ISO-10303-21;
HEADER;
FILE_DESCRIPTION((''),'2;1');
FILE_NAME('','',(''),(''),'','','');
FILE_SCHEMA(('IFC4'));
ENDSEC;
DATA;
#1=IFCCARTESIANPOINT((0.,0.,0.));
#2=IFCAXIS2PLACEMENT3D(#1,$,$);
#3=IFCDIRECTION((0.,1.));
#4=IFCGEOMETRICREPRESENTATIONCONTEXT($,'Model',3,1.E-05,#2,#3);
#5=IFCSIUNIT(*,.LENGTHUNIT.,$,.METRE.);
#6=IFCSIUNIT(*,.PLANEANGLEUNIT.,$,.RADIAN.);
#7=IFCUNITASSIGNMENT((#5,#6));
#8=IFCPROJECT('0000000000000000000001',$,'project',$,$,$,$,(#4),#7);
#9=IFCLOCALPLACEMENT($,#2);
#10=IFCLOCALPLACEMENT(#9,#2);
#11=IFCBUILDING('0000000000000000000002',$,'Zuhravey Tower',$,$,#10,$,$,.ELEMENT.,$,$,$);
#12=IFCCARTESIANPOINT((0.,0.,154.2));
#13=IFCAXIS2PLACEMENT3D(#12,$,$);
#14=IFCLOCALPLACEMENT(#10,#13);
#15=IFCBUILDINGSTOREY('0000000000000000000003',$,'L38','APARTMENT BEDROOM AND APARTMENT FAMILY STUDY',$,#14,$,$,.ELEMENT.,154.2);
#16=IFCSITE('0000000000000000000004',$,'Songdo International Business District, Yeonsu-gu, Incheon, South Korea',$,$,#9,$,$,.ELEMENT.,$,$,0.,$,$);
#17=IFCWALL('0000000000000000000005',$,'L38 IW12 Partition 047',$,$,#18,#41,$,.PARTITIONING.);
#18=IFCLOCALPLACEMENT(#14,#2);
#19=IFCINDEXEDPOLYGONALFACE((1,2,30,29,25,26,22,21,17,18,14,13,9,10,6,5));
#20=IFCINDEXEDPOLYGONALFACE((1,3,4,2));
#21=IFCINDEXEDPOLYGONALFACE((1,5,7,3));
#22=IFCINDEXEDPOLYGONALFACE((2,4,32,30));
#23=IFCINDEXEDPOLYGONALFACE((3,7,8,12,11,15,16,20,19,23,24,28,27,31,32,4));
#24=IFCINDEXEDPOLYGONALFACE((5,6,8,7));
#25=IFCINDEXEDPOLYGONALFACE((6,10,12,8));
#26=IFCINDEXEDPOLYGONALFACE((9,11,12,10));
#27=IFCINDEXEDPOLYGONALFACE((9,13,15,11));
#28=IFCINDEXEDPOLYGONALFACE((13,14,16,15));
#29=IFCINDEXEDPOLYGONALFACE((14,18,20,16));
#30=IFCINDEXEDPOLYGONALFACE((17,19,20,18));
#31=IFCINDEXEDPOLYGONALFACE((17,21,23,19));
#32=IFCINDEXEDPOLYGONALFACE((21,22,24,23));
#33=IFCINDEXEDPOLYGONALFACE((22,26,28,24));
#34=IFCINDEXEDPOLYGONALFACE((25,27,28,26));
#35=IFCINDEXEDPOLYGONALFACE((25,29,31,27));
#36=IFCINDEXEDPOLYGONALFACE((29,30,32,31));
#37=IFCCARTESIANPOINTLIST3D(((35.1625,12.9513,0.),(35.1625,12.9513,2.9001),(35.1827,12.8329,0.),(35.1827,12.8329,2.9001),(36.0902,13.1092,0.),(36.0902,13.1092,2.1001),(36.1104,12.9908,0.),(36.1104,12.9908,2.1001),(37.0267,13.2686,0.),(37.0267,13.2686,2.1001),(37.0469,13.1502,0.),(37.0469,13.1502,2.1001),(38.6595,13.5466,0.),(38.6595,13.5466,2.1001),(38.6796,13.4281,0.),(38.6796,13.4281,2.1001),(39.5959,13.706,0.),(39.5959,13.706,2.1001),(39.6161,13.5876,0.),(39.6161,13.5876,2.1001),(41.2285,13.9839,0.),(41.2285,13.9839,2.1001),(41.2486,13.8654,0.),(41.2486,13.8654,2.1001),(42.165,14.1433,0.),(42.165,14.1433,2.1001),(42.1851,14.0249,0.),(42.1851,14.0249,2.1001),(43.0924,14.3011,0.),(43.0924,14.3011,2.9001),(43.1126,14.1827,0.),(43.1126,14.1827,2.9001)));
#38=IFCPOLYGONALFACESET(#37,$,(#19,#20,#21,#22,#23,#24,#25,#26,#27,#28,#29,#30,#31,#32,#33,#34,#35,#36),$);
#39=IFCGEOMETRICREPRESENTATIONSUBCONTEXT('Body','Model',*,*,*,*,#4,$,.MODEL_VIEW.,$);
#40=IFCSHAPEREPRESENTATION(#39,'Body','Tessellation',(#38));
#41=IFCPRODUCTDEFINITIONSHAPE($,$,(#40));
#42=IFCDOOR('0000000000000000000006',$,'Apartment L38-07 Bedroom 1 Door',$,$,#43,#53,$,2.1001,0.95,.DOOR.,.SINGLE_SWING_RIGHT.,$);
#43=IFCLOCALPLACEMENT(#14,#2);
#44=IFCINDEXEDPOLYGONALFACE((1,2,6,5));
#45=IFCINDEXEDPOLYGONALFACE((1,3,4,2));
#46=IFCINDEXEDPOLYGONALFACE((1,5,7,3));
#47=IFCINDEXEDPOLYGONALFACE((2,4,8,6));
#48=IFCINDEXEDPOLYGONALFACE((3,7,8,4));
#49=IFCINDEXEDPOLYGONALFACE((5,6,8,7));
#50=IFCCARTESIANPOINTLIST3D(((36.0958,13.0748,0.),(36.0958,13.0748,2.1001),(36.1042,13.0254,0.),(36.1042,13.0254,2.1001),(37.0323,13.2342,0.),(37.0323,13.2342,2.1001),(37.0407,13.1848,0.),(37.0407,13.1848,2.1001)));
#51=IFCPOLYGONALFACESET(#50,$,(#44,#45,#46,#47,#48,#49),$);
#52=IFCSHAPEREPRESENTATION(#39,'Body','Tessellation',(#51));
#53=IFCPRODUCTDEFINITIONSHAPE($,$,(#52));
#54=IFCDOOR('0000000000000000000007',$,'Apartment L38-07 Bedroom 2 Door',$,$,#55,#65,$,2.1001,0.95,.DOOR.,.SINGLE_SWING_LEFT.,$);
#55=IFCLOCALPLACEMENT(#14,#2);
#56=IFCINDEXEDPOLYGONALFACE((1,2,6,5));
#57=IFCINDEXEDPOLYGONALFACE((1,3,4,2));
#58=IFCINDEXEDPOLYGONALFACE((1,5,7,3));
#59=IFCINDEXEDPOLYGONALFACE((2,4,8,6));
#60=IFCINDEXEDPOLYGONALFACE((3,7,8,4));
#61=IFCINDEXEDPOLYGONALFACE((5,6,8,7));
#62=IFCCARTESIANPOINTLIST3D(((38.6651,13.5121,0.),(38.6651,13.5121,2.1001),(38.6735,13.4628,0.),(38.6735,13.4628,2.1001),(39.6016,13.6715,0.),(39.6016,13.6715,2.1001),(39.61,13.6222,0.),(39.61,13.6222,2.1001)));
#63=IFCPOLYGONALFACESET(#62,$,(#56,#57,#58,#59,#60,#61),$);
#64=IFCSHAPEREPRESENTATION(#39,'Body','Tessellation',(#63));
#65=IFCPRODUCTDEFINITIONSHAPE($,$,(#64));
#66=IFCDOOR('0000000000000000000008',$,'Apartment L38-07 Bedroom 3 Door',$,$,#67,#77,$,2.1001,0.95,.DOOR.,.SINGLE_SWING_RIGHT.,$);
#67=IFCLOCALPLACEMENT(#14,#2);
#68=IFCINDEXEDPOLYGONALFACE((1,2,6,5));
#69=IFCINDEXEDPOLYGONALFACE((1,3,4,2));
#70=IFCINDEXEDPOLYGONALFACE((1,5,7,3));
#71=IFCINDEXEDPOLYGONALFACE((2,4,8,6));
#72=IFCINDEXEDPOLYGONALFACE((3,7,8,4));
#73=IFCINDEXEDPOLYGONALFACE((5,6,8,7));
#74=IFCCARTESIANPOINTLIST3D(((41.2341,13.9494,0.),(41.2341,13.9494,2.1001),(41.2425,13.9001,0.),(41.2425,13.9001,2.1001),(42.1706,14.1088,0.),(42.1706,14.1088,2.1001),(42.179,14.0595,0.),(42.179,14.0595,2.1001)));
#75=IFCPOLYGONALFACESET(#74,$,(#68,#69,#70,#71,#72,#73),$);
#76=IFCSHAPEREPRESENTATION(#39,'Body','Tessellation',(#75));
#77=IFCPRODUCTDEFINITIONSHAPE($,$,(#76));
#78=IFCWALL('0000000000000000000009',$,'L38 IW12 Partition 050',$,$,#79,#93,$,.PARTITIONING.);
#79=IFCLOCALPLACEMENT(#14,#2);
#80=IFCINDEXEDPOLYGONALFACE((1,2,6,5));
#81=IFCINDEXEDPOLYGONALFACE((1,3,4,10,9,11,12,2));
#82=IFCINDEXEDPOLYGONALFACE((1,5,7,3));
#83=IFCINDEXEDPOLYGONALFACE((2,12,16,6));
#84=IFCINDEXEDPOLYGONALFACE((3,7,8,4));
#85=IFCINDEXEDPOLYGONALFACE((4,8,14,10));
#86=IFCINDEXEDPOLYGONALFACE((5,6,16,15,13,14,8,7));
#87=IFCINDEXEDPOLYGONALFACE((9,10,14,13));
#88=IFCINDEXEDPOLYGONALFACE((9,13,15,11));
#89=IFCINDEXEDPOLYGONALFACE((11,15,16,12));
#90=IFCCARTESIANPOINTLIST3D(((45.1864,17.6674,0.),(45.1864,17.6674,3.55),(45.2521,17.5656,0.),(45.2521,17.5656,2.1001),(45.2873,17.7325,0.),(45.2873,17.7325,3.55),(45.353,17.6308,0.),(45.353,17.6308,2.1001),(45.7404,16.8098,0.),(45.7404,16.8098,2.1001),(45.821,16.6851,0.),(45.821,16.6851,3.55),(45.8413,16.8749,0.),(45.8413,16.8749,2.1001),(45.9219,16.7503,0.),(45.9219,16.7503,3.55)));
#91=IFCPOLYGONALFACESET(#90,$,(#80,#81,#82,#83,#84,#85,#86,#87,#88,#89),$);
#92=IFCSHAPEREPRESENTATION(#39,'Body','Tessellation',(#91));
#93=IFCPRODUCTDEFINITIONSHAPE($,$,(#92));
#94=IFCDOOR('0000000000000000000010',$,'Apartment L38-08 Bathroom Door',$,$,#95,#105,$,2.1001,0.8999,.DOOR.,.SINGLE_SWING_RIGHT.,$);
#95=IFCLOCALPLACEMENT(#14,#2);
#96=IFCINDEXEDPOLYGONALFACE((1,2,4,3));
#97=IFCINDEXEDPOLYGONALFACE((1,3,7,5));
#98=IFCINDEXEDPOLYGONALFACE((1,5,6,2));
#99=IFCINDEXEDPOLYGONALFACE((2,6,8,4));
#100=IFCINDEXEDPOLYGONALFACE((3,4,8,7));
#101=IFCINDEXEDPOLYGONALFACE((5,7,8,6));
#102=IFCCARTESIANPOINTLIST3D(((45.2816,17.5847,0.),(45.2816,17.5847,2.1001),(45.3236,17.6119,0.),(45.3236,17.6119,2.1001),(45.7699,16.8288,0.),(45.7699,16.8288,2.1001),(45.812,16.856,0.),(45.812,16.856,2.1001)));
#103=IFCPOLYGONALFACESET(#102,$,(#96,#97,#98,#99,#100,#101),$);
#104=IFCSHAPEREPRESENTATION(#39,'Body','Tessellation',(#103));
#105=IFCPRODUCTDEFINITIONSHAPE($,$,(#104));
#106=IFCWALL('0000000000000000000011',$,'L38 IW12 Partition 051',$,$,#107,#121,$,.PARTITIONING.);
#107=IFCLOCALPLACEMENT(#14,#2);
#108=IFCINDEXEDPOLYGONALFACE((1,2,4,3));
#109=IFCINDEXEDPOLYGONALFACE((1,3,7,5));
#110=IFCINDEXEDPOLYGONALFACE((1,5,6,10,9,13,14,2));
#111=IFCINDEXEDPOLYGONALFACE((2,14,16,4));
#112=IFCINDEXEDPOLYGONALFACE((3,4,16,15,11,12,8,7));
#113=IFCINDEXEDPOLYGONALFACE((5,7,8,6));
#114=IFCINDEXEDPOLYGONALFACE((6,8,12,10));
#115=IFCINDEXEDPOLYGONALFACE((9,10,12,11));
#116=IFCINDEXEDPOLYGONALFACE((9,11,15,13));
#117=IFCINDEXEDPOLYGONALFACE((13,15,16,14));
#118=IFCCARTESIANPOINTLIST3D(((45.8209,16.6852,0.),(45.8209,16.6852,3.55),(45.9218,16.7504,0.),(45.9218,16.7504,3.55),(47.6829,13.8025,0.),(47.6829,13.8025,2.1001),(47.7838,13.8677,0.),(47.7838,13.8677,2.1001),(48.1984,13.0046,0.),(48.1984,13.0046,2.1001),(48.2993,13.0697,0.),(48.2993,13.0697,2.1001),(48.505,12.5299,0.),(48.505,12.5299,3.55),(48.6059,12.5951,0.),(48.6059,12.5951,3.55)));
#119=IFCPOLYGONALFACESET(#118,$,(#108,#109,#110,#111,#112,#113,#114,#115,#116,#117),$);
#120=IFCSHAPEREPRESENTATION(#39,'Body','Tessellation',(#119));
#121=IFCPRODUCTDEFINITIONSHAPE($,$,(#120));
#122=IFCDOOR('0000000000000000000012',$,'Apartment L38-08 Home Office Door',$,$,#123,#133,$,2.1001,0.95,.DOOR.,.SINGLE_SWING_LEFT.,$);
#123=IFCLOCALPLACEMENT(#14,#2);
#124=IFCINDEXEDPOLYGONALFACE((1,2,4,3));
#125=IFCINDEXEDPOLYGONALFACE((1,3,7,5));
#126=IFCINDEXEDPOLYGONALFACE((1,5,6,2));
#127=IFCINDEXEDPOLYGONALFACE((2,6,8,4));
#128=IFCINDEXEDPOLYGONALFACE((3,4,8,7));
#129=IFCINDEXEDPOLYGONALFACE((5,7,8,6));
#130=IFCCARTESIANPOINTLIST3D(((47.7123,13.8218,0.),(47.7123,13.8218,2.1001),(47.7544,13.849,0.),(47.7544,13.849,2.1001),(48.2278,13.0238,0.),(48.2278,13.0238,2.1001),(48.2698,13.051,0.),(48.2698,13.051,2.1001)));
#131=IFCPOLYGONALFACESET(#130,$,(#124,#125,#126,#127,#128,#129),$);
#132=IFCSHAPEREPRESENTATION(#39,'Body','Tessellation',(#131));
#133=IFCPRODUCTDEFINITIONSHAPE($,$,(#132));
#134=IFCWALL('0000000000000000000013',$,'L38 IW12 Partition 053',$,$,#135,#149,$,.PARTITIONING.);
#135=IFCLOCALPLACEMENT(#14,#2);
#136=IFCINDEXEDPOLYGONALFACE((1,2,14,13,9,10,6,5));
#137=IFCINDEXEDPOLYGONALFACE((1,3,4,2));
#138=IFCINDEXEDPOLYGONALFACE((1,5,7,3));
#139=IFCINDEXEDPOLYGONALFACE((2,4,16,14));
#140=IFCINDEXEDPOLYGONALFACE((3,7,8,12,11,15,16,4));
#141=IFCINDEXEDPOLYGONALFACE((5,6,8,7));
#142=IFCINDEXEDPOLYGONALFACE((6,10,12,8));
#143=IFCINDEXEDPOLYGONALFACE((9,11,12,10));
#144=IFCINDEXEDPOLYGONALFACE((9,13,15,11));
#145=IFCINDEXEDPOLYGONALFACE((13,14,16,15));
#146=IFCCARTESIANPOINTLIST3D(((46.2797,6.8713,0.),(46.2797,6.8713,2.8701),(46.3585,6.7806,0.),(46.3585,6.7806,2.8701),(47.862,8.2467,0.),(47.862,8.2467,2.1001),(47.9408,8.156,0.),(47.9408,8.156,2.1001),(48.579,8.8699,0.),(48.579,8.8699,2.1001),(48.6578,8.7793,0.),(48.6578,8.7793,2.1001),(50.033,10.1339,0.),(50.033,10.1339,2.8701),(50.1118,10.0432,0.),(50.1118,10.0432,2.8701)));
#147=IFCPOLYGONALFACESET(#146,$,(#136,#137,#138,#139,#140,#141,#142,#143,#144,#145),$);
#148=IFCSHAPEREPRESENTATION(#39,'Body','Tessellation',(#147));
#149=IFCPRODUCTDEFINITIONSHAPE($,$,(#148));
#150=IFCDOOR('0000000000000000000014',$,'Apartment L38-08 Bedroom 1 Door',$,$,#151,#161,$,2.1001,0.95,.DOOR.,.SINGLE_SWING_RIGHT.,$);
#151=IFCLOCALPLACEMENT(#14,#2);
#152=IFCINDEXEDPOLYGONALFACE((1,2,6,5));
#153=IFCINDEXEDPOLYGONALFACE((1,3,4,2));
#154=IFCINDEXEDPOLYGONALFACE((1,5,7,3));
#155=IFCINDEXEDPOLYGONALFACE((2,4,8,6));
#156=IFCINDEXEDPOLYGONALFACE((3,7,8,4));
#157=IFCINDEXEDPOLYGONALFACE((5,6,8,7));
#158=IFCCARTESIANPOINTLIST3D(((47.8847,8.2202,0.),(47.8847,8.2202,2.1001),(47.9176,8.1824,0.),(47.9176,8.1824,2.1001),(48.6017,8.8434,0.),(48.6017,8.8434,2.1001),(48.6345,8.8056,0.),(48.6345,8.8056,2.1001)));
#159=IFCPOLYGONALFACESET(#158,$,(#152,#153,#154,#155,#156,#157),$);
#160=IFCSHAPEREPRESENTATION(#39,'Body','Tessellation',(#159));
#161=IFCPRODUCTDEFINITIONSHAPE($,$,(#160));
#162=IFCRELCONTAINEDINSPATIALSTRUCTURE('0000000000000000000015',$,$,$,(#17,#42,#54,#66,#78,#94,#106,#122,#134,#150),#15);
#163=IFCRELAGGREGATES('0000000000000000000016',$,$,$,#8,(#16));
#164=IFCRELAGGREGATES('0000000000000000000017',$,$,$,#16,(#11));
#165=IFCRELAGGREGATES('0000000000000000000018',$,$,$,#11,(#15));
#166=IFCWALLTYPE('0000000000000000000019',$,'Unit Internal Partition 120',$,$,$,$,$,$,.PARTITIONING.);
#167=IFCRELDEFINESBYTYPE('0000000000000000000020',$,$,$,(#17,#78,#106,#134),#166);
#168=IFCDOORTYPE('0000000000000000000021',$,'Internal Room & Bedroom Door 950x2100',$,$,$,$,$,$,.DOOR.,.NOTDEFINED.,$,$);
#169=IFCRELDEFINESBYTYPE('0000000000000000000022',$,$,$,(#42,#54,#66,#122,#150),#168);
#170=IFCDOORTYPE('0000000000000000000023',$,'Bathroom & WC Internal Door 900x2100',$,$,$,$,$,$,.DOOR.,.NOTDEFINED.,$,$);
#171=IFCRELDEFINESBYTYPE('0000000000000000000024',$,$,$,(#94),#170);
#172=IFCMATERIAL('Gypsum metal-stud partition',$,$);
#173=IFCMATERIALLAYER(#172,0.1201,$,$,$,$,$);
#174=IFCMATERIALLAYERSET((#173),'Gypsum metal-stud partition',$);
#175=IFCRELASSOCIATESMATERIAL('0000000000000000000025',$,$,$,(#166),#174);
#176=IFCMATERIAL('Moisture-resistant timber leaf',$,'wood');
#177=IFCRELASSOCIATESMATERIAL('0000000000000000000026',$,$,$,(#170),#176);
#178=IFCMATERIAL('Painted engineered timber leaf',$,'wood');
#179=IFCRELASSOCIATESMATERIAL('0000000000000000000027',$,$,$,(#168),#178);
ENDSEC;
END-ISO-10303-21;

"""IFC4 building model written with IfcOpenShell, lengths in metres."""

from ifc_helpers import new_model, si_unit, direction, frame, frame_2d, origin, place, context, subcontext, project, spatial, rectangle, extrude, material, layer, layer_set, type_object, element, fill, save


model = new_model("IFC4")

# Units and contexts
model_context = context("Model", 3, precision=1e-05, world=origin(), true_north=direction((0.0, 1.0)))
body_context = subcontext(model_context, "Body", "Model", "MODEL_VIEW")
ifc_project = project(units=[si_unit("LENGTHUNIT", "METRE"), si_unit("PLANEANGLEUNIT", "RADIAN")], contexts=[model_context])

# Site, building, storey
site_placement = place(None, origin())
site = spatial("IfcSite", under=ifc_project, at=site_placement, Name="Songdo International Business District, Yeonsu-gu, Incheon, South Korea", CompositionType="ELEMENT", RefElevation=0.0)
building_placement = place(site_placement, origin())
building = spatial("IfcBuilding", under=site, at=building_placement, Name="Zuhravey Tower", CompositionType="ELEMENT")
storey_placement = place(building_placement, frame((0.0, 0.0, 154.2)))
storey = spatial("IfcBuildingStorey", under=building, at=storey_placement, Name="L38", Description="APARTMENT BEDROOM AND APARTMENT FAMILY STUDY", CompositionType="ELEMENT", Elevation=154.2)

# Wall, openings, doors
ifc_material_1 = material(Name="Gypsum metal-stud partition")
ifc_layer = layer(ifc_material_1, 0.1201)
ifc_layer_set = layer_set([ifc_layer], Name="Gypsum metal-stud partition")
wall_type = type_object("IfcWallType", Name="Unit Internal Partition 120", PredefinedType="PARTITIONING", material=ifc_layer_set)
ifc_material_2 = material(Name="Moisture-resistant timber leaf", Category="wood")
door_type_1 = type_object("IfcDoorType", Name="Bathroom & WC Internal Door 900x2100", OperationType="NOTDEFINED", PredefinedType="DOOR", material=ifc_material_2)
ifc_material_3 = material(Name="Painted engineered timber leaf", Category="wood")
door_type_2 = type_object("IfcDoorType", Name="Internal Room & Bedroom Door 950x2100", OperationType="NOTDEFINED", PredefinedType="DOOR", material=ifc_material_3)
wall_1_placement = place(storey_placement, frame((35.1726, 12.8921, 0.0), z_axis=(0.0, 0.0, 1.0), x_axis=(0.98582, 0.167809, 0.0)))
wall_1 = element("IfcWall", 1, at=wall_1_placement, inside=storey, type_object=wall_type, Name="L38 IW12 Partition 047", PredefinedType="PARTITIONING", context=body_context, shape_type="SweptSolid", body=[
    extrude(rectangle(XDim=8.0439, YDim=0.1201, at=frame_2d((4.022, 0.0))), origin(), (0.0, 0.0, 1.0), 2.9001),
])
opening_1_placement = place(wall_1_placement, frame((0.9409, 0.0, 0.0)))
opening_1 = element("IfcOpeningElement", 2, at=opening_1_placement, cuts=wall_1, PredefinedType="OPENING", context=body_context, shape_type="SweptSolid", body=[
    extrude(rectangle(XDim=0.95, YDim=2.1001, at=frame_2d((0.4751, 1.05))), frame((0.0, 0.072, 0.0), z_axis=(0.0, -1.0, 0.0), x_axis=(1.0, 0.0, 0.0)), (0.0, 0.0, 1.0), 0.144),
])
opening_2_placement = place(wall_1_placement, frame((3.5471, 0.0, 0.0)))
opening_2 = element("IfcOpeningElement", 3, at=opening_2_placement, cuts=wall_1, PredefinedType="OPENING", context=body_context, shape_type="SweptSolid", body=[
    extrude(rectangle(XDim=0.95, YDim=2.1001, at=frame_2d((0.4751, 1.05))), frame((0.0, 0.072, 0.0), z_axis=(0.0, -1.0, 0.0), x_axis=(1.0, 0.0, 0.0)), (0.0, 0.0, 1.0), 0.144),
])
opening_3_placement = place(wall_1_placement, frame((6.1531, 0.0, 0.0)))
opening_3 = element("IfcOpeningElement", 4, at=opening_3_placement, cuts=wall_1, PredefinedType="OPENING", context=body_context, shape_type="SweptSolid", body=[
    extrude(rectangle(XDim=0.95, YDim=2.1001, at=frame_2d((0.4751, 1.05))), frame((0.0, 0.072, 0.0), z_axis=(0.0, -1.0, 0.0), x_axis=(1.0, 0.0, 0.0)), (0.0, 0.0, 1.0), 0.144),
])
door_1_placement = place(opening_1_placement, frame((0.95, 0.0, 0.0), z_axis=(0.0, 0.0, 1.0), x_axis=(-1.0, 0.0, 0.0)))
door_1 = element("IfcDoor", 5, at=door_1_placement, inside=storey, type_object=door_type_2, Name="Apartment L38-07 Bedroom 1 Door", OperationType="SINGLE_SWING_RIGHT", OverallHeight=2.1001, OverallWidth=0.95, PredefinedType="DOOR", context=body_context, shape_type="SweptSolid", body=[
    extrude(rectangle(XDim=0.95, YDim=2.1001, at=frame_2d((0.4751, 1.05))), frame((0.0, 0.0249, 0.0), z_axis=(0.0, -1.0, 0.0), x_axis=(1.0, 0.0, 0.0)), (0.0, 0.0, 1.0), 0.05),
])
fill(opening_1, door_1)
door_2_placement = place(opening_2_placement, frame((0.95, 0.0, 0.0), z_axis=(0.0, 0.0, 1.0), x_axis=(-1.0, 0.0, 0.0)))
door_2 = element("IfcDoor", 6, at=door_2_placement, inside=storey, type_object=door_type_2, Name="Apartment L38-07 Bedroom 2 Door", OperationType="SINGLE_SWING_LEFT", OverallHeight=2.1001, OverallWidth=0.95, PredefinedType="DOOR", context=body_context, shape_type="SweptSolid", body=[
    extrude(rectangle(XDim=0.95, YDim=2.1001, at=frame_2d((0.4751, 1.05))), frame((0.0, 0.0249, 0.0), z_axis=(0.0, -1.0, 0.0), x_axis=(1.0, 0.0, 0.0)), (0.0, 0.0, 1.0), 0.05),
])
fill(opening_2, door_2)
door_3_placement = place(opening_3_placement, frame((0.95, 0.0, 0.0), z_axis=(0.0, 0.0, 1.0), x_axis=(-1.0, 0.0, 0.0)))
door_3 = element("IfcDoor", 7, at=door_3_placement, inside=storey, type_object=door_type_2, Name="Apartment L38-07 Bedroom 3 Door", OperationType="SINGLE_SWING_RIGHT", OverallHeight=2.1001, OverallWidth=0.95, PredefinedType="DOOR", context=body_context, shape_type="SweptSolid", body=[
    extrude(rectangle(XDim=0.95, YDim=2.1001, at=frame_2d((0.4751, 1.05))), frame((0.0, 0.0249, 0.0), z_axis=(0.0, -1.0, 0.0), x_axis=(1.0, 0.0, 0.0)), (0.0, 0.0, 1.0), 0.05),
])
fill(opening_3, door_3)

# Walls, openings, doors
wall_2_placement = place(storey_placement, frame((45.2368, 17.7, 0.0), z_axis=(0.0, 0.0, 1.0), x_axis=(0.542645, -0.839962, 0.0)))
wall_2 = element("IfcWall", 8, at=wall_2_placement, inside=storey, type_object=wall_type, Name="L38 IW12 Partition 050", PredefinedType="PARTITIONING", context=body_context, shape_type="SweptSolid", body=[
    extrude(rectangle(XDim=1.1694, YDim=0.1201, at=frame_2d((0.5847, 0.0))), origin(), (0.0, 0.0, 1.0), 3.55),
])
opening_4_placement = place(wall_2_placement, frame((0.1211, 0.0, 0.0)))
opening_4 = element("IfcOpeningElement", 9, at=opening_4_placement, cuts=wall_2, PredefinedType="OPENING", context=body_context, shape_type="SweptSolid", body=[
    extrude(rectangle(XDim=0.8999, YDim=2.1001, at=frame_2d((0.45, 1.05))), frame((0.0, 0.072, 0.0), z_axis=(0.0, -1.0, 0.0), x_axis=(1.0, 0.0, 0.0)), (0.0, 0.0, 1.0), 0.144),
])
door_4_placement = place(opening_4_placement, frame((0.8999, 0.0, 0.0), z_axis=(0.0, 0.0, 1.0), x_axis=(-1.0, 0.0, 0.0)))
door_4 = element("IfcDoor", 10, at=door_4_placement, inside=storey, type_object=door_type_1, Name="Apartment L38-08 Bathroom Door", OperationType="SINGLE_SWING_RIGHT", OverallHeight=2.1001, OverallWidth=0.8999, PredefinedType="DOOR", context=body_context, shape_type="SweptSolid", body=[
    extrude(rectangle(XDim=0.8999, YDim=2.1001, at=frame_2d((0.45, 1.05))), frame((0.0, 0.0249, 0.0), z_axis=(0.0, -1.0, 0.0), x_axis=(1.0, 0.0, 0.0)), (0.0, 0.0, 1.0), 0.05),
])
fill(opening_4, door_4)
wall_3_placement = place(storey_placement, frame((45.8713, 16.7178, 0.0), z_axis=(0.0, 0.0, 1.0), x_axis=(0.542592, -0.839996, 0.0)))
wall_3 = element("IfcWall", 11, at=wall_3_placement, inside=storey, type_object=wall_type, Name="L38 IW12 Partition 051", PredefinedType="PARTITIONING", context=body_context, shape_type="SweptSolid", body=[
    extrude(rectangle(XDim=4.9468, YDim=0.1201, at=frame_2d((2.4734, 0.0))), origin(), (0.0, 0.0, 1.0), 3.55),
])
opening_5_placement = place(wall_3_placement, frame((3.4316, 0.0, 0.0)))
opening_5 = element("IfcOpeningElement", 12, at=opening_5_placement, cuts=wall_3, PredefinedType="OPENING", context=body_context, shape_type="SweptSolid", body=[
    extrude(rectangle(XDim=0.95, YDim=2.1001, at=frame_2d((0.4751, 1.05))), frame((0.0, 0.072, 0.0), z_axis=(0.0, -1.0, 0.0), x_axis=(1.0, 0.0, 0.0)), (0.0, 0.0, 1.0), 0.144),
])
door_5_placement = place(opening_5_placement, frame((0.95, 0.0, 0.0), z_axis=(0.0, 0.0, 1.0), x_axis=(-1.0, 0.0, 0.0)))
door_5 = element("IfcDoor", 13, at=door_5_placement, inside=storey, type_object=door_type_2, Name="Apartment L38-08 Home Office Door", OperationType="SINGLE_SWING_LEFT", OverallHeight=2.1001, OverallWidth=0.95, PredefinedType="DOOR", context=body_context, shape_type="SweptSolid", body=[
    extrude(rectangle(XDim=0.95, YDim=2.1001, at=frame_2d((0.4751, 1.05))), frame((0.0, 0.0249, 0.0), z_axis=(0.0, -1.0, 0.0), x_axis=(1.0, 0.0, 0.0)), (0.0, 0.0, 1.0), 0.05),
])
fill(opening_5, door_5)
wall_4_placement = place(storey_placement, frame((46.3191, 6.8259, 0.0), z_axis=(0.0, 0.0, 1.0), x_axis=(0.75472, 0.656047, 0.0)))
wall_4 = element("IfcWall", 14, at=wall_4_placement, inside=storey, type_object=wall_type, Name="L38 IW12 Partition 053", PredefinedType="PARTITIONING", context=body_context, shape_type="SweptSolid", body=[
    extrude(rectangle(XDim=4.9731, YDim=0.1201, at=frame_2d((2.4866, 0.0))), origin(), (0.0, 0.0, 1.0), 2.8701),
])
opening_6_placement = place(wall_4_placement, frame((2.0964, 0.0, 0.0)))
opening_6 = element("IfcOpeningElement", 15, at=opening_6_placement, cuts=wall_4, PredefinedType="OPENING", context=body_context, shape_type="SweptSolid", body=[
    extrude(rectangle(XDim=0.95, YDim=2.1001, at=frame_2d((0.4751, 1.05))), frame((0.0, 0.072, 0.0), z_axis=(0.0, -1.0, 0.0), x_axis=(1.0, 0.0, 0.0)), (0.0, 0.0, 1.0), 0.144),
])
door_6_placement = place(opening_6_placement, frame((0.95, 0.0, 0.0), z_axis=(0.0, 0.0, 1.0), x_axis=(-1.0, 0.0, 0.0)))
door_6 = element("IfcDoor", 16, at=door_6_placement, inside=storey, type_object=door_type_2, Name="Apartment L38-08 Bedroom 1 Door", OperationType="SINGLE_SWING_RIGHT", OverallHeight=2.1001, OverallWidth=0.95, PredefinedType="DOOR", context=body_context, shape_type="SweptSolid", body=[
    extrude(rectangle(XDim=0.95, YDim=2.1001, at=frame_2d((0.4751, 1.05))), frame((0.0, 0.0249, 0.0), z_axis=(0.0, -1.0, 0.0), x_axis=(1.0, 0.0, 0.0)), (0.0, 0.0, 1.0), 0.05),
])
fill(opening_6, door_6)

save(model, "model.ifc")
